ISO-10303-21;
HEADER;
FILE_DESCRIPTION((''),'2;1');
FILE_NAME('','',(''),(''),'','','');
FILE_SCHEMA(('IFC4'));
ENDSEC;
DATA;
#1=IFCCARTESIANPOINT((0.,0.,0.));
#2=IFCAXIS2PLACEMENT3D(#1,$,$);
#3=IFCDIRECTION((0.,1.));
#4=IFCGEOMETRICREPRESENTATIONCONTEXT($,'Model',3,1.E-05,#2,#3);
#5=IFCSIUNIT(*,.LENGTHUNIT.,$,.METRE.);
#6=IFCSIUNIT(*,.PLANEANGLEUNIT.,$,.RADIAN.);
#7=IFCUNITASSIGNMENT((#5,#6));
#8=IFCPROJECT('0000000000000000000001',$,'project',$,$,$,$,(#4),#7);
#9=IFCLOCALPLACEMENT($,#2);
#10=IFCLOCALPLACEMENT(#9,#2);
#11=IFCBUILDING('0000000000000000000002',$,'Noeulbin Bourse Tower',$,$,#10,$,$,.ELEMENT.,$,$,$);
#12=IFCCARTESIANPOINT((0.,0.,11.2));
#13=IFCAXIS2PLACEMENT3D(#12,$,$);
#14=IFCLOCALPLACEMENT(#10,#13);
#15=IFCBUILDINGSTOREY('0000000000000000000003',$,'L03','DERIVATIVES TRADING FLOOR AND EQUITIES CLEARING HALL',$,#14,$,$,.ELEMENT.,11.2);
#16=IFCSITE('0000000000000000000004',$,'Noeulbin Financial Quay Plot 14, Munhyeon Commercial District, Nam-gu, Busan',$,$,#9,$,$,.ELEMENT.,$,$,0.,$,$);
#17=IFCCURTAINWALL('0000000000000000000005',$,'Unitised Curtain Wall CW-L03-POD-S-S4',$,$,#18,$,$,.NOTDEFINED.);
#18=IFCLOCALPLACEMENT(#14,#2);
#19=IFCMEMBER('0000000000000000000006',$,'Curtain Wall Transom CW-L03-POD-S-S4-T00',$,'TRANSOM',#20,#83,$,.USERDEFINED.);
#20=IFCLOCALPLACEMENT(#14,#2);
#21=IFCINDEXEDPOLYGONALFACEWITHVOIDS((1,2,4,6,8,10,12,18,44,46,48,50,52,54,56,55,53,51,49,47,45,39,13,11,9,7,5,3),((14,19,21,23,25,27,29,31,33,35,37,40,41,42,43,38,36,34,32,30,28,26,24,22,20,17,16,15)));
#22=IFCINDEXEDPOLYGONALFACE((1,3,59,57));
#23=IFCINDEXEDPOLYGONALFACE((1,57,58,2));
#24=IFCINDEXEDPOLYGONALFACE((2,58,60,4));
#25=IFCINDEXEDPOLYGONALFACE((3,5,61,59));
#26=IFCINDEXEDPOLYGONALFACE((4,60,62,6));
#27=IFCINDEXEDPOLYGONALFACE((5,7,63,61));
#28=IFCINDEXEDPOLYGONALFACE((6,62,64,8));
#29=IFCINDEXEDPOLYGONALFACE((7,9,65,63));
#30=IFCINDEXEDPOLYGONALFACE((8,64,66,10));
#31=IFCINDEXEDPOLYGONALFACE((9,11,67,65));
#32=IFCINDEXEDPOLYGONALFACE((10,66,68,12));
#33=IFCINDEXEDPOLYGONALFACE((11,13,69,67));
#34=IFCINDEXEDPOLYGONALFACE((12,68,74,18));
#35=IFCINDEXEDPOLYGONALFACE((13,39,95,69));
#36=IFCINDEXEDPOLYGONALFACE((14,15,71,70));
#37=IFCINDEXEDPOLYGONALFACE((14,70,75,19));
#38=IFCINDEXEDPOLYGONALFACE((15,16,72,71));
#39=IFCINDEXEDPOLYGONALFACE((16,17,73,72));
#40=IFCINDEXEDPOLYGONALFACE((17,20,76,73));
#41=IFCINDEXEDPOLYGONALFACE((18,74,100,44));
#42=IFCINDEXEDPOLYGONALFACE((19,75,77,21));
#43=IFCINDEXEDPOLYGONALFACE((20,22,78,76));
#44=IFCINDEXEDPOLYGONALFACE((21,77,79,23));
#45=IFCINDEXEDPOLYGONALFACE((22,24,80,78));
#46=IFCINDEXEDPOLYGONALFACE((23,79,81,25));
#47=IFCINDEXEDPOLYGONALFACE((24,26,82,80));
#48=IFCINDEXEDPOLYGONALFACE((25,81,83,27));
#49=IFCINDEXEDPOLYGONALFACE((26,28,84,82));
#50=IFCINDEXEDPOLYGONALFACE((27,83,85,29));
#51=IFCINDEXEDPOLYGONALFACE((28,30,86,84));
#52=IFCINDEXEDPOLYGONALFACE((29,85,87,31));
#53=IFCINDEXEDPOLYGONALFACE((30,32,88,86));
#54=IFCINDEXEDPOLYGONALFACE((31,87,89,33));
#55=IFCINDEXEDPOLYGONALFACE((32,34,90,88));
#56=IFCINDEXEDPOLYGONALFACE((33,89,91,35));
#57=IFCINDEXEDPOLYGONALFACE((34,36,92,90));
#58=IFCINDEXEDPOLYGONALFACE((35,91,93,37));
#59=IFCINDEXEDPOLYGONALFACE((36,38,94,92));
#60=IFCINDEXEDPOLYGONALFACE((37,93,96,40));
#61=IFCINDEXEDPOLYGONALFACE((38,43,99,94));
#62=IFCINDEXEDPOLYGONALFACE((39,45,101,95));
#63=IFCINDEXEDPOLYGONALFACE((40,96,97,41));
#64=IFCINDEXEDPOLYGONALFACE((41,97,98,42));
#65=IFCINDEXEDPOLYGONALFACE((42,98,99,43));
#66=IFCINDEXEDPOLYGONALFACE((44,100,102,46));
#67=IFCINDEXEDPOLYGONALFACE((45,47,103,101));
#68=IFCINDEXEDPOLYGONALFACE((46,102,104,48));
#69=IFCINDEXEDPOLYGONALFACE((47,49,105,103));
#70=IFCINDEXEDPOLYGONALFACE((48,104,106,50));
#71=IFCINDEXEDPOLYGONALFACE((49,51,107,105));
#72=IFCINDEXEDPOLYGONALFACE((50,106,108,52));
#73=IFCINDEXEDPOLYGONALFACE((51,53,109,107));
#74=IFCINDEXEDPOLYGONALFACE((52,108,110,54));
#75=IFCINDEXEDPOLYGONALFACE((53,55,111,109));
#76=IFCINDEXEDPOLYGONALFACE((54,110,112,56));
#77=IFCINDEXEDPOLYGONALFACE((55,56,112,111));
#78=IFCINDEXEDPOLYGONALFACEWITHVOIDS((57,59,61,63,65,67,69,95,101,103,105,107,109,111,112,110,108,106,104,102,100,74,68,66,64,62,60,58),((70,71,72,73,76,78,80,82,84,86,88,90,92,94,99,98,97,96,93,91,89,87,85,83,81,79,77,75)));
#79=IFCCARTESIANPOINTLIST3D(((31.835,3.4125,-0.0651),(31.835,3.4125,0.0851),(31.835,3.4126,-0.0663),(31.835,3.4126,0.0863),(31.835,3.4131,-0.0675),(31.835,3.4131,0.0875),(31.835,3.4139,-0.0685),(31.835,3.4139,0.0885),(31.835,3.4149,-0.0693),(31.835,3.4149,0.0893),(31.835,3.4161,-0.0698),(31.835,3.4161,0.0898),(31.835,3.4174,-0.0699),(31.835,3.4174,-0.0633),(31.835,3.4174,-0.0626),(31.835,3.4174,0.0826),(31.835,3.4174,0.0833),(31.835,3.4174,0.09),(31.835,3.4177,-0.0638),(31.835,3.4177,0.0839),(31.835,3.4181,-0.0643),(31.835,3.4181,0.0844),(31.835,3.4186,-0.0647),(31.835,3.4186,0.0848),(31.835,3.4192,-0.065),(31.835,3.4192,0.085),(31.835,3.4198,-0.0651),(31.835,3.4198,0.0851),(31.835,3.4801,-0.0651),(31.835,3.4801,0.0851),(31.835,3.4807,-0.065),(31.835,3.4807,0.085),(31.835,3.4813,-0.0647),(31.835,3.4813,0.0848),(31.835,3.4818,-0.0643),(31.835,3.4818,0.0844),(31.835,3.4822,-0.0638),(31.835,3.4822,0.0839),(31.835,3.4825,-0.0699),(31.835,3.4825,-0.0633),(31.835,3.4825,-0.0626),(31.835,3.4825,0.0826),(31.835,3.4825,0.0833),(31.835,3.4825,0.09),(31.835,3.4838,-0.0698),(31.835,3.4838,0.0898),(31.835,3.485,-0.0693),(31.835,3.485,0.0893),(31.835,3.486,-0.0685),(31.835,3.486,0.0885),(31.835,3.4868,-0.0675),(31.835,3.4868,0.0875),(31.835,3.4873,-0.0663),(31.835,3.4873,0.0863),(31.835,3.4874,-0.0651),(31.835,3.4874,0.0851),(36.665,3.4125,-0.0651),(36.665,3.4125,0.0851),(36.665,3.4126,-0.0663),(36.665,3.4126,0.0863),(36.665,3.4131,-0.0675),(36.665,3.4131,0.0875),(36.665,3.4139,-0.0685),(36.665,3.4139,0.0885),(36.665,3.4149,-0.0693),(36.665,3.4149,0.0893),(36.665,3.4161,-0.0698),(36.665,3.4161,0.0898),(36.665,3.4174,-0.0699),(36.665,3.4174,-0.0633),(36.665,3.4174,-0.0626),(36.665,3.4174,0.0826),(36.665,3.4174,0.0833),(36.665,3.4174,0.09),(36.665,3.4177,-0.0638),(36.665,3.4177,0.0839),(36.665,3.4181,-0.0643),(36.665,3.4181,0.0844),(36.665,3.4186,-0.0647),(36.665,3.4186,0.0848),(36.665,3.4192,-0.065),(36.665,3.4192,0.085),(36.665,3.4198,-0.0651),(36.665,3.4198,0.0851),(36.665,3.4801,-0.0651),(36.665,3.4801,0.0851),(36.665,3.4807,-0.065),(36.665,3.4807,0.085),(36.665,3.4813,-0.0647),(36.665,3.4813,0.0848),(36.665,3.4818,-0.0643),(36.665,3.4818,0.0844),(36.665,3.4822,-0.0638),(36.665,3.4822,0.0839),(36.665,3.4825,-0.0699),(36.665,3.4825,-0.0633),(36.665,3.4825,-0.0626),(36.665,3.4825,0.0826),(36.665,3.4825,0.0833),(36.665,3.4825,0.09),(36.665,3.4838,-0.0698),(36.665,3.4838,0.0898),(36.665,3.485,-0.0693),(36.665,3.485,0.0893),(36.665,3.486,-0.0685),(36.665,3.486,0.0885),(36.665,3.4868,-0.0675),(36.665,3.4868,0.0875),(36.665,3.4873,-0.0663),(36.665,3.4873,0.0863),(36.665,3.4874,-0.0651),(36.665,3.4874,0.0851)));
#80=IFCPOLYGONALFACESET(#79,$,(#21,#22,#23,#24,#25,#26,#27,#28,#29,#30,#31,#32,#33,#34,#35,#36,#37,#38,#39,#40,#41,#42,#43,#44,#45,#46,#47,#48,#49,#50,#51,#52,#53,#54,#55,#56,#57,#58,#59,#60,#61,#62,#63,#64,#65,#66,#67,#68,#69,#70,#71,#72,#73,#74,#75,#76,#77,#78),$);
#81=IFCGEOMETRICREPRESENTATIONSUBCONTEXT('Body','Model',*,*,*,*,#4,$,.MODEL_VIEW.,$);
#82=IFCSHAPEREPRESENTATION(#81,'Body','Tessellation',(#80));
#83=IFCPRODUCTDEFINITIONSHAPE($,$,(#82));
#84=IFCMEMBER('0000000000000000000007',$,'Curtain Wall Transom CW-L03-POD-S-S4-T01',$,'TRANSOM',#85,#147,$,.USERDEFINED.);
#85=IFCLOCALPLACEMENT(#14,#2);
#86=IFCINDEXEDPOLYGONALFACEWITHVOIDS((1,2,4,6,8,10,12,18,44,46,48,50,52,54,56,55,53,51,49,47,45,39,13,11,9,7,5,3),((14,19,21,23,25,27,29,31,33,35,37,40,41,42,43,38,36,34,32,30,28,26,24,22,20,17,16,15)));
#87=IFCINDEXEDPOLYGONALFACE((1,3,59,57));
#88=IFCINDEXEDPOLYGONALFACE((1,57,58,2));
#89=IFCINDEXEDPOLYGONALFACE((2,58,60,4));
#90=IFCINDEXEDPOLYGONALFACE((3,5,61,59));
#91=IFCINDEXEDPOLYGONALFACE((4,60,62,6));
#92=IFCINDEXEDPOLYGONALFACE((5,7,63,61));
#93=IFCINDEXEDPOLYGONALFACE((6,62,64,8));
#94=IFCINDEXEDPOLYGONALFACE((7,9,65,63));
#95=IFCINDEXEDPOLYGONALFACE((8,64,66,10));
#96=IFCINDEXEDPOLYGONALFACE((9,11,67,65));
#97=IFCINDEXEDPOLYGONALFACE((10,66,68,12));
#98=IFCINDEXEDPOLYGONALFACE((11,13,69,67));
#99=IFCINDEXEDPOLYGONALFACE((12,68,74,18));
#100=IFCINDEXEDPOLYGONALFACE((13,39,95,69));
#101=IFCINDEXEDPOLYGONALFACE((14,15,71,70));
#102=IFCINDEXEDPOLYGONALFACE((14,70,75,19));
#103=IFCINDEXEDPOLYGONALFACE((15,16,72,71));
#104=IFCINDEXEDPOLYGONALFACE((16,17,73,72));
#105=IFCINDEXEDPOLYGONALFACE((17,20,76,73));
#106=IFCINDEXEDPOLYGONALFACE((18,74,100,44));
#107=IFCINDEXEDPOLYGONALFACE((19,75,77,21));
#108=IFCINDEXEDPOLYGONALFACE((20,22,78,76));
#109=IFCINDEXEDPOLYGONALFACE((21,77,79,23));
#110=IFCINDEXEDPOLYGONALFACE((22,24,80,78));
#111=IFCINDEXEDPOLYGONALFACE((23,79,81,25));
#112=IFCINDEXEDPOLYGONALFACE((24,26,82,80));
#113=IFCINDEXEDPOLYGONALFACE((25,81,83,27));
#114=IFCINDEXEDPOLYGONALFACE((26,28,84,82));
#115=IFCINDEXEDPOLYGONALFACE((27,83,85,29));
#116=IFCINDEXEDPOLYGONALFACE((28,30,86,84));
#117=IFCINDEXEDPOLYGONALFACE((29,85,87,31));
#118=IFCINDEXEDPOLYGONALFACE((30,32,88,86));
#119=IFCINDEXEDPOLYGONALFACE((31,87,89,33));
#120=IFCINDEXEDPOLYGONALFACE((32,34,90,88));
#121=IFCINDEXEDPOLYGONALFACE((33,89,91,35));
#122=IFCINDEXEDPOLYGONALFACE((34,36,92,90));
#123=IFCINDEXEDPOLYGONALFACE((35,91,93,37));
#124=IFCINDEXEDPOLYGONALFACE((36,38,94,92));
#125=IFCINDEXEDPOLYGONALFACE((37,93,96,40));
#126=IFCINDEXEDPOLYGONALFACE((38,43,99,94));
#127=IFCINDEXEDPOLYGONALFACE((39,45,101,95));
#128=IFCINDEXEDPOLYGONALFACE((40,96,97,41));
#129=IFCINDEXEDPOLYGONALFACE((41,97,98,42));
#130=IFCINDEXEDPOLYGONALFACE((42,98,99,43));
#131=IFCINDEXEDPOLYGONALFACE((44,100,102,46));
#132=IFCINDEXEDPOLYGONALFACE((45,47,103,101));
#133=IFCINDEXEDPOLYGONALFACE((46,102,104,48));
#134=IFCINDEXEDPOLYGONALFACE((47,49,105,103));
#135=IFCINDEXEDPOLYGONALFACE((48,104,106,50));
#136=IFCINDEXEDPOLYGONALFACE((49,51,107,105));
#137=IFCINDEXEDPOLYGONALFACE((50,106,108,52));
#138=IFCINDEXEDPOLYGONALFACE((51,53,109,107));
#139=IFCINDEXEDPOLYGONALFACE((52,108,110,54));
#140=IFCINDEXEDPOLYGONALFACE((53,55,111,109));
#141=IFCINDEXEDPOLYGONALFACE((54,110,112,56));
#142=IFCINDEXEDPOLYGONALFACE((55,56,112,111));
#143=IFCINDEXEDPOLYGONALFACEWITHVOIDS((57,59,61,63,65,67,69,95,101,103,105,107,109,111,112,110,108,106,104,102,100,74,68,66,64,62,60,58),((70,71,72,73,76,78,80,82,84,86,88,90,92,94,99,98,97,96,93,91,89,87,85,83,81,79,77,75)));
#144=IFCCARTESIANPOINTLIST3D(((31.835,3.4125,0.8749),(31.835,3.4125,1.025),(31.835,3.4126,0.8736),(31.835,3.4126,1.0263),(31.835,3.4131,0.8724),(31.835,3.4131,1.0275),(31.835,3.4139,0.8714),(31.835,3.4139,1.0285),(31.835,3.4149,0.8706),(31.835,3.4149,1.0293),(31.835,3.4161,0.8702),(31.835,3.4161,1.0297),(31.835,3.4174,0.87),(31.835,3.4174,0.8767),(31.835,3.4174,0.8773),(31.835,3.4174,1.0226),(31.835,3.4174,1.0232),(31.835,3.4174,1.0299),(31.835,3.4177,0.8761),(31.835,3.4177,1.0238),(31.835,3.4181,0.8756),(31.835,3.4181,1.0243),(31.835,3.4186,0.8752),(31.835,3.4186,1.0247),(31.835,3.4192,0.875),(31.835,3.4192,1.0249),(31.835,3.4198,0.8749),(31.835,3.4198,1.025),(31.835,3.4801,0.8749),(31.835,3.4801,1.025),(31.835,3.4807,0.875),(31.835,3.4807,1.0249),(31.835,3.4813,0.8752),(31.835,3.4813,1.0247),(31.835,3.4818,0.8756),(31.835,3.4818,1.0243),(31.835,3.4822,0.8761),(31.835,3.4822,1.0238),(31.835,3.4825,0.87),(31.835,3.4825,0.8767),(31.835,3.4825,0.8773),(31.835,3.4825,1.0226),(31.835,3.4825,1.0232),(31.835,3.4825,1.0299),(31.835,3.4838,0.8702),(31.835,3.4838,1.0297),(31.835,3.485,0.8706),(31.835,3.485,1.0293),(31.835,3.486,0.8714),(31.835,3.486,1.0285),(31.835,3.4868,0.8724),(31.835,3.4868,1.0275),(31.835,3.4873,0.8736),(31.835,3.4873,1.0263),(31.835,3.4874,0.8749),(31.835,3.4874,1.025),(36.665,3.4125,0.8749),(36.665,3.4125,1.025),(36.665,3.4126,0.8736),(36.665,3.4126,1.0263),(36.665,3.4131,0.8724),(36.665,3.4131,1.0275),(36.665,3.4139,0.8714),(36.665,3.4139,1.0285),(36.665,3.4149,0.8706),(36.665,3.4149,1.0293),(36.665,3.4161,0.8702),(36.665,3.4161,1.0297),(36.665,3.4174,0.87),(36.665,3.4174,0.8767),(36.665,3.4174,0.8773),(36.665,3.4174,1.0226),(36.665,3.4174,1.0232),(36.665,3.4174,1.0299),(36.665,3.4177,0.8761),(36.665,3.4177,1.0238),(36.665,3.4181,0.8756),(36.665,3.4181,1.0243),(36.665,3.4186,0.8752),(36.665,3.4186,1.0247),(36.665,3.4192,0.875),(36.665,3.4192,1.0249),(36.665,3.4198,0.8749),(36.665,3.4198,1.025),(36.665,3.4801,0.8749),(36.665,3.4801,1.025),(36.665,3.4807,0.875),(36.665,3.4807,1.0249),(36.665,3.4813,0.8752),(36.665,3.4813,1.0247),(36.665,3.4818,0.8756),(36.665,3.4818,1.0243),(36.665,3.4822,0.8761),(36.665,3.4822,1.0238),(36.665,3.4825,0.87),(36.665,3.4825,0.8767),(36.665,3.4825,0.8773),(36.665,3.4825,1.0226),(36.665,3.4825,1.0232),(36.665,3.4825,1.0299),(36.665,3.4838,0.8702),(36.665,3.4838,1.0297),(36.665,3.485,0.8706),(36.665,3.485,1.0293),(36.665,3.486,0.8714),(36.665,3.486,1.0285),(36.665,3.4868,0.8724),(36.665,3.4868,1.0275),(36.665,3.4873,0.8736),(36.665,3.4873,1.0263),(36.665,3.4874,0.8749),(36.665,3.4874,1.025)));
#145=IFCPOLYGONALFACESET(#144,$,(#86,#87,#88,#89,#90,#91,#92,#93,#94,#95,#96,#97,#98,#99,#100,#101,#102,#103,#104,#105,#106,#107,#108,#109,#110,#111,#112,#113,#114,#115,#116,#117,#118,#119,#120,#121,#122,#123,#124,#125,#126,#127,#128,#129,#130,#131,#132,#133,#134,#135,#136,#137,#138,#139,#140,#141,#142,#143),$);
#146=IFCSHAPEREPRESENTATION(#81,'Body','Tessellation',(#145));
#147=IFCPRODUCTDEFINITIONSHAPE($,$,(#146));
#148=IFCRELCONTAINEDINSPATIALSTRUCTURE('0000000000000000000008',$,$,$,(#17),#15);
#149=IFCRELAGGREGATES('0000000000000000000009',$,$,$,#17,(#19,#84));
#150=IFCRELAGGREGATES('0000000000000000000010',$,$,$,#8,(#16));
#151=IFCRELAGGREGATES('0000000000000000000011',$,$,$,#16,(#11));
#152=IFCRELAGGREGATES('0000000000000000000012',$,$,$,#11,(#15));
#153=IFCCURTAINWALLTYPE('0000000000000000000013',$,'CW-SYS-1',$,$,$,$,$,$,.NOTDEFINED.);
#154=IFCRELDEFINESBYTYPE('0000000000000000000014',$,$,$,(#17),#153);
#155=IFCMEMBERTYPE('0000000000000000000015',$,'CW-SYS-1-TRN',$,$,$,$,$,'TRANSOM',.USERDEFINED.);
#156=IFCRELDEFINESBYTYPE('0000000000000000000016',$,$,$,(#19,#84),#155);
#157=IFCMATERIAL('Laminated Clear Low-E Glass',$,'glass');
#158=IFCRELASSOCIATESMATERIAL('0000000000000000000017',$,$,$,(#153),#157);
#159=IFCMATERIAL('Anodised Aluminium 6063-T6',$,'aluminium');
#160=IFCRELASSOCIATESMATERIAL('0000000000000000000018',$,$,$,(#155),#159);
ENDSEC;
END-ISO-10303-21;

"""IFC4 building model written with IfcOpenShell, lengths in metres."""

from ifc_helpers import new_model, si_unit, direction, frame, origin, origin_2d, place, context, subcontext, project, spatial, hollow_rectangle, extrude, material, material_profile, profile_set, type_object, element, aggregate, save


model = new_model("IFC4")

# Units and contexts
model_context = context("Model", 3, precision=1e-05, world=origin(), true_north=direction((0.0, 1.0)))
body_context = subcontext(model_context, "Body", "Model", "MODEL_VIEW")
ifc_project = project(units=[si_unit("LENGTHUNIT", "METRE"), si_unit("PLANEANGLEUNIT", "RADIAN")], contexts=[model_context])

# Site, building, storey
site_placement = place(None, origin())
site = spatial("IfcSite", under=ifc_project, at=site_placement, Name="Noeulbin Financial Quay Plot 14, Munhyeon Commercial District, Nam-gu, Busan", CompositionType="ELEMENT", RefElevation=0.0)
building_placement = place(site_placement, origin())
building = spatial("IfcBuilding", under=site, at=building_placement, Name="Noeulbin Bourse Tower", CompositionType="ELEMENT")
storey_placement = place(building_placement, frame((0.0, 0.0, 11.2)))
storey = spatial("IfcBuildingStorey", under=building, at=storey_placement, Name="L03", Description="DERIVATIVES TRADING FLOOR AND EQUITIES CLEARING HALL", CompositionType="ELEMENT", Elevation=11.2)

# Shared definitions
ifc_material_1 = material(Name="Laminated Clear Low-E Glass", Category="glass")
curtain_wall_type = type_object("IfcCurtainWallType", Name="CW-SYS-1", PredefinedType="NOTDEFINED", material=ifc_material_1)
ifc_material_2 = material(Name="Anodised Aluminium 6063-T6", Category="aluminium")

# Curtain wall
curtain_wall_1_placement = place(storey_placement, origin())
curtain_wall_1 = element("IfcCurtainWall", 1, at=curtain_wall_1_placement, inside=storey, type_object=curtain_wall_type, Name="Unitised Curtain Wall CW-L03-POD-S-S4", PredefinedType="NOTDEFINED")

# Members
ifc_material_profile_1 = material_profile(ifc_material_2, hollow_rectangle(XDim=0.075, YDim=0.1599, WallThickness=0.0049, InnerFilletRadius=0.0024, OuterFilletRadius=0.0049, at=origin_2d()), Name="ALU-TRAN-75x160x5", Category="LoadBearing")
ifc_profile_set_1 = profile_set([ifc_material_profile_1], Name="Anodised Aluminium 6063-T6")
member_type_1 = type_object("IfcMemberType", Name="CW-SYS-1-TRN", ElementType="TRANSOM", PredefinedType="USERDEFINED", material=ifc_profile_set_1)
member_1_placement = place(storey_placement, frame((31.835, 3.45, 0.01), z_axis=(1.0, 0.0, 0.0), x_axis=(0.0, 1.0, 0.0)))
member_1 = element("IfcMember", 2, at=member_1_placement, type_object=member_type_1, Name="Curtain Wall Transom CW-L03-POD-S-S4-T00", ObjectType="TRANSOM", PredefinedType="USERDEFINED", context=body_context, shape_type="SweptSolid", body=[
    extrude(hollow_rectangle(XDim=0.075, YDim=0.1599, WallThickness=0.0049, InnerFilletRadius=0.0024, OuterFilletRadius=0.0049, at=origin_2d()), origin(), (0.0, 0.0, 1.0), 4.8301),
])
member_2_placement = place(storey_placement, frame((31.835, 3.45, 0.95), z_axis=(1.0, 0.0, 0.0), x_axis=(0.0, 1.0, 0.0)))
member_2 = element("IfcMember", 3, at=member_2_placement, type_object=member_type_1, Name="Curtain Wall Transom CW-L03-POD-S-S4-T01", ObjectType="TRANSOM", PredefinedType="USERDEFINED", context=body_context, shape_type="SweptSolid", body=[
    extrude(hollow_rectangle(XDim=0.075, YDim=0.1599, WallThickness=0.0049, InnerFilletRadius=0.0024, OuterFilletRadius=0.0049, at=origin_2d()), origin(), (0.0, 0.0, 1.0), 4.8301),
])

aggregate(curtain_wall_1, [member_1, member_2])

save(model, "model.ifc")
